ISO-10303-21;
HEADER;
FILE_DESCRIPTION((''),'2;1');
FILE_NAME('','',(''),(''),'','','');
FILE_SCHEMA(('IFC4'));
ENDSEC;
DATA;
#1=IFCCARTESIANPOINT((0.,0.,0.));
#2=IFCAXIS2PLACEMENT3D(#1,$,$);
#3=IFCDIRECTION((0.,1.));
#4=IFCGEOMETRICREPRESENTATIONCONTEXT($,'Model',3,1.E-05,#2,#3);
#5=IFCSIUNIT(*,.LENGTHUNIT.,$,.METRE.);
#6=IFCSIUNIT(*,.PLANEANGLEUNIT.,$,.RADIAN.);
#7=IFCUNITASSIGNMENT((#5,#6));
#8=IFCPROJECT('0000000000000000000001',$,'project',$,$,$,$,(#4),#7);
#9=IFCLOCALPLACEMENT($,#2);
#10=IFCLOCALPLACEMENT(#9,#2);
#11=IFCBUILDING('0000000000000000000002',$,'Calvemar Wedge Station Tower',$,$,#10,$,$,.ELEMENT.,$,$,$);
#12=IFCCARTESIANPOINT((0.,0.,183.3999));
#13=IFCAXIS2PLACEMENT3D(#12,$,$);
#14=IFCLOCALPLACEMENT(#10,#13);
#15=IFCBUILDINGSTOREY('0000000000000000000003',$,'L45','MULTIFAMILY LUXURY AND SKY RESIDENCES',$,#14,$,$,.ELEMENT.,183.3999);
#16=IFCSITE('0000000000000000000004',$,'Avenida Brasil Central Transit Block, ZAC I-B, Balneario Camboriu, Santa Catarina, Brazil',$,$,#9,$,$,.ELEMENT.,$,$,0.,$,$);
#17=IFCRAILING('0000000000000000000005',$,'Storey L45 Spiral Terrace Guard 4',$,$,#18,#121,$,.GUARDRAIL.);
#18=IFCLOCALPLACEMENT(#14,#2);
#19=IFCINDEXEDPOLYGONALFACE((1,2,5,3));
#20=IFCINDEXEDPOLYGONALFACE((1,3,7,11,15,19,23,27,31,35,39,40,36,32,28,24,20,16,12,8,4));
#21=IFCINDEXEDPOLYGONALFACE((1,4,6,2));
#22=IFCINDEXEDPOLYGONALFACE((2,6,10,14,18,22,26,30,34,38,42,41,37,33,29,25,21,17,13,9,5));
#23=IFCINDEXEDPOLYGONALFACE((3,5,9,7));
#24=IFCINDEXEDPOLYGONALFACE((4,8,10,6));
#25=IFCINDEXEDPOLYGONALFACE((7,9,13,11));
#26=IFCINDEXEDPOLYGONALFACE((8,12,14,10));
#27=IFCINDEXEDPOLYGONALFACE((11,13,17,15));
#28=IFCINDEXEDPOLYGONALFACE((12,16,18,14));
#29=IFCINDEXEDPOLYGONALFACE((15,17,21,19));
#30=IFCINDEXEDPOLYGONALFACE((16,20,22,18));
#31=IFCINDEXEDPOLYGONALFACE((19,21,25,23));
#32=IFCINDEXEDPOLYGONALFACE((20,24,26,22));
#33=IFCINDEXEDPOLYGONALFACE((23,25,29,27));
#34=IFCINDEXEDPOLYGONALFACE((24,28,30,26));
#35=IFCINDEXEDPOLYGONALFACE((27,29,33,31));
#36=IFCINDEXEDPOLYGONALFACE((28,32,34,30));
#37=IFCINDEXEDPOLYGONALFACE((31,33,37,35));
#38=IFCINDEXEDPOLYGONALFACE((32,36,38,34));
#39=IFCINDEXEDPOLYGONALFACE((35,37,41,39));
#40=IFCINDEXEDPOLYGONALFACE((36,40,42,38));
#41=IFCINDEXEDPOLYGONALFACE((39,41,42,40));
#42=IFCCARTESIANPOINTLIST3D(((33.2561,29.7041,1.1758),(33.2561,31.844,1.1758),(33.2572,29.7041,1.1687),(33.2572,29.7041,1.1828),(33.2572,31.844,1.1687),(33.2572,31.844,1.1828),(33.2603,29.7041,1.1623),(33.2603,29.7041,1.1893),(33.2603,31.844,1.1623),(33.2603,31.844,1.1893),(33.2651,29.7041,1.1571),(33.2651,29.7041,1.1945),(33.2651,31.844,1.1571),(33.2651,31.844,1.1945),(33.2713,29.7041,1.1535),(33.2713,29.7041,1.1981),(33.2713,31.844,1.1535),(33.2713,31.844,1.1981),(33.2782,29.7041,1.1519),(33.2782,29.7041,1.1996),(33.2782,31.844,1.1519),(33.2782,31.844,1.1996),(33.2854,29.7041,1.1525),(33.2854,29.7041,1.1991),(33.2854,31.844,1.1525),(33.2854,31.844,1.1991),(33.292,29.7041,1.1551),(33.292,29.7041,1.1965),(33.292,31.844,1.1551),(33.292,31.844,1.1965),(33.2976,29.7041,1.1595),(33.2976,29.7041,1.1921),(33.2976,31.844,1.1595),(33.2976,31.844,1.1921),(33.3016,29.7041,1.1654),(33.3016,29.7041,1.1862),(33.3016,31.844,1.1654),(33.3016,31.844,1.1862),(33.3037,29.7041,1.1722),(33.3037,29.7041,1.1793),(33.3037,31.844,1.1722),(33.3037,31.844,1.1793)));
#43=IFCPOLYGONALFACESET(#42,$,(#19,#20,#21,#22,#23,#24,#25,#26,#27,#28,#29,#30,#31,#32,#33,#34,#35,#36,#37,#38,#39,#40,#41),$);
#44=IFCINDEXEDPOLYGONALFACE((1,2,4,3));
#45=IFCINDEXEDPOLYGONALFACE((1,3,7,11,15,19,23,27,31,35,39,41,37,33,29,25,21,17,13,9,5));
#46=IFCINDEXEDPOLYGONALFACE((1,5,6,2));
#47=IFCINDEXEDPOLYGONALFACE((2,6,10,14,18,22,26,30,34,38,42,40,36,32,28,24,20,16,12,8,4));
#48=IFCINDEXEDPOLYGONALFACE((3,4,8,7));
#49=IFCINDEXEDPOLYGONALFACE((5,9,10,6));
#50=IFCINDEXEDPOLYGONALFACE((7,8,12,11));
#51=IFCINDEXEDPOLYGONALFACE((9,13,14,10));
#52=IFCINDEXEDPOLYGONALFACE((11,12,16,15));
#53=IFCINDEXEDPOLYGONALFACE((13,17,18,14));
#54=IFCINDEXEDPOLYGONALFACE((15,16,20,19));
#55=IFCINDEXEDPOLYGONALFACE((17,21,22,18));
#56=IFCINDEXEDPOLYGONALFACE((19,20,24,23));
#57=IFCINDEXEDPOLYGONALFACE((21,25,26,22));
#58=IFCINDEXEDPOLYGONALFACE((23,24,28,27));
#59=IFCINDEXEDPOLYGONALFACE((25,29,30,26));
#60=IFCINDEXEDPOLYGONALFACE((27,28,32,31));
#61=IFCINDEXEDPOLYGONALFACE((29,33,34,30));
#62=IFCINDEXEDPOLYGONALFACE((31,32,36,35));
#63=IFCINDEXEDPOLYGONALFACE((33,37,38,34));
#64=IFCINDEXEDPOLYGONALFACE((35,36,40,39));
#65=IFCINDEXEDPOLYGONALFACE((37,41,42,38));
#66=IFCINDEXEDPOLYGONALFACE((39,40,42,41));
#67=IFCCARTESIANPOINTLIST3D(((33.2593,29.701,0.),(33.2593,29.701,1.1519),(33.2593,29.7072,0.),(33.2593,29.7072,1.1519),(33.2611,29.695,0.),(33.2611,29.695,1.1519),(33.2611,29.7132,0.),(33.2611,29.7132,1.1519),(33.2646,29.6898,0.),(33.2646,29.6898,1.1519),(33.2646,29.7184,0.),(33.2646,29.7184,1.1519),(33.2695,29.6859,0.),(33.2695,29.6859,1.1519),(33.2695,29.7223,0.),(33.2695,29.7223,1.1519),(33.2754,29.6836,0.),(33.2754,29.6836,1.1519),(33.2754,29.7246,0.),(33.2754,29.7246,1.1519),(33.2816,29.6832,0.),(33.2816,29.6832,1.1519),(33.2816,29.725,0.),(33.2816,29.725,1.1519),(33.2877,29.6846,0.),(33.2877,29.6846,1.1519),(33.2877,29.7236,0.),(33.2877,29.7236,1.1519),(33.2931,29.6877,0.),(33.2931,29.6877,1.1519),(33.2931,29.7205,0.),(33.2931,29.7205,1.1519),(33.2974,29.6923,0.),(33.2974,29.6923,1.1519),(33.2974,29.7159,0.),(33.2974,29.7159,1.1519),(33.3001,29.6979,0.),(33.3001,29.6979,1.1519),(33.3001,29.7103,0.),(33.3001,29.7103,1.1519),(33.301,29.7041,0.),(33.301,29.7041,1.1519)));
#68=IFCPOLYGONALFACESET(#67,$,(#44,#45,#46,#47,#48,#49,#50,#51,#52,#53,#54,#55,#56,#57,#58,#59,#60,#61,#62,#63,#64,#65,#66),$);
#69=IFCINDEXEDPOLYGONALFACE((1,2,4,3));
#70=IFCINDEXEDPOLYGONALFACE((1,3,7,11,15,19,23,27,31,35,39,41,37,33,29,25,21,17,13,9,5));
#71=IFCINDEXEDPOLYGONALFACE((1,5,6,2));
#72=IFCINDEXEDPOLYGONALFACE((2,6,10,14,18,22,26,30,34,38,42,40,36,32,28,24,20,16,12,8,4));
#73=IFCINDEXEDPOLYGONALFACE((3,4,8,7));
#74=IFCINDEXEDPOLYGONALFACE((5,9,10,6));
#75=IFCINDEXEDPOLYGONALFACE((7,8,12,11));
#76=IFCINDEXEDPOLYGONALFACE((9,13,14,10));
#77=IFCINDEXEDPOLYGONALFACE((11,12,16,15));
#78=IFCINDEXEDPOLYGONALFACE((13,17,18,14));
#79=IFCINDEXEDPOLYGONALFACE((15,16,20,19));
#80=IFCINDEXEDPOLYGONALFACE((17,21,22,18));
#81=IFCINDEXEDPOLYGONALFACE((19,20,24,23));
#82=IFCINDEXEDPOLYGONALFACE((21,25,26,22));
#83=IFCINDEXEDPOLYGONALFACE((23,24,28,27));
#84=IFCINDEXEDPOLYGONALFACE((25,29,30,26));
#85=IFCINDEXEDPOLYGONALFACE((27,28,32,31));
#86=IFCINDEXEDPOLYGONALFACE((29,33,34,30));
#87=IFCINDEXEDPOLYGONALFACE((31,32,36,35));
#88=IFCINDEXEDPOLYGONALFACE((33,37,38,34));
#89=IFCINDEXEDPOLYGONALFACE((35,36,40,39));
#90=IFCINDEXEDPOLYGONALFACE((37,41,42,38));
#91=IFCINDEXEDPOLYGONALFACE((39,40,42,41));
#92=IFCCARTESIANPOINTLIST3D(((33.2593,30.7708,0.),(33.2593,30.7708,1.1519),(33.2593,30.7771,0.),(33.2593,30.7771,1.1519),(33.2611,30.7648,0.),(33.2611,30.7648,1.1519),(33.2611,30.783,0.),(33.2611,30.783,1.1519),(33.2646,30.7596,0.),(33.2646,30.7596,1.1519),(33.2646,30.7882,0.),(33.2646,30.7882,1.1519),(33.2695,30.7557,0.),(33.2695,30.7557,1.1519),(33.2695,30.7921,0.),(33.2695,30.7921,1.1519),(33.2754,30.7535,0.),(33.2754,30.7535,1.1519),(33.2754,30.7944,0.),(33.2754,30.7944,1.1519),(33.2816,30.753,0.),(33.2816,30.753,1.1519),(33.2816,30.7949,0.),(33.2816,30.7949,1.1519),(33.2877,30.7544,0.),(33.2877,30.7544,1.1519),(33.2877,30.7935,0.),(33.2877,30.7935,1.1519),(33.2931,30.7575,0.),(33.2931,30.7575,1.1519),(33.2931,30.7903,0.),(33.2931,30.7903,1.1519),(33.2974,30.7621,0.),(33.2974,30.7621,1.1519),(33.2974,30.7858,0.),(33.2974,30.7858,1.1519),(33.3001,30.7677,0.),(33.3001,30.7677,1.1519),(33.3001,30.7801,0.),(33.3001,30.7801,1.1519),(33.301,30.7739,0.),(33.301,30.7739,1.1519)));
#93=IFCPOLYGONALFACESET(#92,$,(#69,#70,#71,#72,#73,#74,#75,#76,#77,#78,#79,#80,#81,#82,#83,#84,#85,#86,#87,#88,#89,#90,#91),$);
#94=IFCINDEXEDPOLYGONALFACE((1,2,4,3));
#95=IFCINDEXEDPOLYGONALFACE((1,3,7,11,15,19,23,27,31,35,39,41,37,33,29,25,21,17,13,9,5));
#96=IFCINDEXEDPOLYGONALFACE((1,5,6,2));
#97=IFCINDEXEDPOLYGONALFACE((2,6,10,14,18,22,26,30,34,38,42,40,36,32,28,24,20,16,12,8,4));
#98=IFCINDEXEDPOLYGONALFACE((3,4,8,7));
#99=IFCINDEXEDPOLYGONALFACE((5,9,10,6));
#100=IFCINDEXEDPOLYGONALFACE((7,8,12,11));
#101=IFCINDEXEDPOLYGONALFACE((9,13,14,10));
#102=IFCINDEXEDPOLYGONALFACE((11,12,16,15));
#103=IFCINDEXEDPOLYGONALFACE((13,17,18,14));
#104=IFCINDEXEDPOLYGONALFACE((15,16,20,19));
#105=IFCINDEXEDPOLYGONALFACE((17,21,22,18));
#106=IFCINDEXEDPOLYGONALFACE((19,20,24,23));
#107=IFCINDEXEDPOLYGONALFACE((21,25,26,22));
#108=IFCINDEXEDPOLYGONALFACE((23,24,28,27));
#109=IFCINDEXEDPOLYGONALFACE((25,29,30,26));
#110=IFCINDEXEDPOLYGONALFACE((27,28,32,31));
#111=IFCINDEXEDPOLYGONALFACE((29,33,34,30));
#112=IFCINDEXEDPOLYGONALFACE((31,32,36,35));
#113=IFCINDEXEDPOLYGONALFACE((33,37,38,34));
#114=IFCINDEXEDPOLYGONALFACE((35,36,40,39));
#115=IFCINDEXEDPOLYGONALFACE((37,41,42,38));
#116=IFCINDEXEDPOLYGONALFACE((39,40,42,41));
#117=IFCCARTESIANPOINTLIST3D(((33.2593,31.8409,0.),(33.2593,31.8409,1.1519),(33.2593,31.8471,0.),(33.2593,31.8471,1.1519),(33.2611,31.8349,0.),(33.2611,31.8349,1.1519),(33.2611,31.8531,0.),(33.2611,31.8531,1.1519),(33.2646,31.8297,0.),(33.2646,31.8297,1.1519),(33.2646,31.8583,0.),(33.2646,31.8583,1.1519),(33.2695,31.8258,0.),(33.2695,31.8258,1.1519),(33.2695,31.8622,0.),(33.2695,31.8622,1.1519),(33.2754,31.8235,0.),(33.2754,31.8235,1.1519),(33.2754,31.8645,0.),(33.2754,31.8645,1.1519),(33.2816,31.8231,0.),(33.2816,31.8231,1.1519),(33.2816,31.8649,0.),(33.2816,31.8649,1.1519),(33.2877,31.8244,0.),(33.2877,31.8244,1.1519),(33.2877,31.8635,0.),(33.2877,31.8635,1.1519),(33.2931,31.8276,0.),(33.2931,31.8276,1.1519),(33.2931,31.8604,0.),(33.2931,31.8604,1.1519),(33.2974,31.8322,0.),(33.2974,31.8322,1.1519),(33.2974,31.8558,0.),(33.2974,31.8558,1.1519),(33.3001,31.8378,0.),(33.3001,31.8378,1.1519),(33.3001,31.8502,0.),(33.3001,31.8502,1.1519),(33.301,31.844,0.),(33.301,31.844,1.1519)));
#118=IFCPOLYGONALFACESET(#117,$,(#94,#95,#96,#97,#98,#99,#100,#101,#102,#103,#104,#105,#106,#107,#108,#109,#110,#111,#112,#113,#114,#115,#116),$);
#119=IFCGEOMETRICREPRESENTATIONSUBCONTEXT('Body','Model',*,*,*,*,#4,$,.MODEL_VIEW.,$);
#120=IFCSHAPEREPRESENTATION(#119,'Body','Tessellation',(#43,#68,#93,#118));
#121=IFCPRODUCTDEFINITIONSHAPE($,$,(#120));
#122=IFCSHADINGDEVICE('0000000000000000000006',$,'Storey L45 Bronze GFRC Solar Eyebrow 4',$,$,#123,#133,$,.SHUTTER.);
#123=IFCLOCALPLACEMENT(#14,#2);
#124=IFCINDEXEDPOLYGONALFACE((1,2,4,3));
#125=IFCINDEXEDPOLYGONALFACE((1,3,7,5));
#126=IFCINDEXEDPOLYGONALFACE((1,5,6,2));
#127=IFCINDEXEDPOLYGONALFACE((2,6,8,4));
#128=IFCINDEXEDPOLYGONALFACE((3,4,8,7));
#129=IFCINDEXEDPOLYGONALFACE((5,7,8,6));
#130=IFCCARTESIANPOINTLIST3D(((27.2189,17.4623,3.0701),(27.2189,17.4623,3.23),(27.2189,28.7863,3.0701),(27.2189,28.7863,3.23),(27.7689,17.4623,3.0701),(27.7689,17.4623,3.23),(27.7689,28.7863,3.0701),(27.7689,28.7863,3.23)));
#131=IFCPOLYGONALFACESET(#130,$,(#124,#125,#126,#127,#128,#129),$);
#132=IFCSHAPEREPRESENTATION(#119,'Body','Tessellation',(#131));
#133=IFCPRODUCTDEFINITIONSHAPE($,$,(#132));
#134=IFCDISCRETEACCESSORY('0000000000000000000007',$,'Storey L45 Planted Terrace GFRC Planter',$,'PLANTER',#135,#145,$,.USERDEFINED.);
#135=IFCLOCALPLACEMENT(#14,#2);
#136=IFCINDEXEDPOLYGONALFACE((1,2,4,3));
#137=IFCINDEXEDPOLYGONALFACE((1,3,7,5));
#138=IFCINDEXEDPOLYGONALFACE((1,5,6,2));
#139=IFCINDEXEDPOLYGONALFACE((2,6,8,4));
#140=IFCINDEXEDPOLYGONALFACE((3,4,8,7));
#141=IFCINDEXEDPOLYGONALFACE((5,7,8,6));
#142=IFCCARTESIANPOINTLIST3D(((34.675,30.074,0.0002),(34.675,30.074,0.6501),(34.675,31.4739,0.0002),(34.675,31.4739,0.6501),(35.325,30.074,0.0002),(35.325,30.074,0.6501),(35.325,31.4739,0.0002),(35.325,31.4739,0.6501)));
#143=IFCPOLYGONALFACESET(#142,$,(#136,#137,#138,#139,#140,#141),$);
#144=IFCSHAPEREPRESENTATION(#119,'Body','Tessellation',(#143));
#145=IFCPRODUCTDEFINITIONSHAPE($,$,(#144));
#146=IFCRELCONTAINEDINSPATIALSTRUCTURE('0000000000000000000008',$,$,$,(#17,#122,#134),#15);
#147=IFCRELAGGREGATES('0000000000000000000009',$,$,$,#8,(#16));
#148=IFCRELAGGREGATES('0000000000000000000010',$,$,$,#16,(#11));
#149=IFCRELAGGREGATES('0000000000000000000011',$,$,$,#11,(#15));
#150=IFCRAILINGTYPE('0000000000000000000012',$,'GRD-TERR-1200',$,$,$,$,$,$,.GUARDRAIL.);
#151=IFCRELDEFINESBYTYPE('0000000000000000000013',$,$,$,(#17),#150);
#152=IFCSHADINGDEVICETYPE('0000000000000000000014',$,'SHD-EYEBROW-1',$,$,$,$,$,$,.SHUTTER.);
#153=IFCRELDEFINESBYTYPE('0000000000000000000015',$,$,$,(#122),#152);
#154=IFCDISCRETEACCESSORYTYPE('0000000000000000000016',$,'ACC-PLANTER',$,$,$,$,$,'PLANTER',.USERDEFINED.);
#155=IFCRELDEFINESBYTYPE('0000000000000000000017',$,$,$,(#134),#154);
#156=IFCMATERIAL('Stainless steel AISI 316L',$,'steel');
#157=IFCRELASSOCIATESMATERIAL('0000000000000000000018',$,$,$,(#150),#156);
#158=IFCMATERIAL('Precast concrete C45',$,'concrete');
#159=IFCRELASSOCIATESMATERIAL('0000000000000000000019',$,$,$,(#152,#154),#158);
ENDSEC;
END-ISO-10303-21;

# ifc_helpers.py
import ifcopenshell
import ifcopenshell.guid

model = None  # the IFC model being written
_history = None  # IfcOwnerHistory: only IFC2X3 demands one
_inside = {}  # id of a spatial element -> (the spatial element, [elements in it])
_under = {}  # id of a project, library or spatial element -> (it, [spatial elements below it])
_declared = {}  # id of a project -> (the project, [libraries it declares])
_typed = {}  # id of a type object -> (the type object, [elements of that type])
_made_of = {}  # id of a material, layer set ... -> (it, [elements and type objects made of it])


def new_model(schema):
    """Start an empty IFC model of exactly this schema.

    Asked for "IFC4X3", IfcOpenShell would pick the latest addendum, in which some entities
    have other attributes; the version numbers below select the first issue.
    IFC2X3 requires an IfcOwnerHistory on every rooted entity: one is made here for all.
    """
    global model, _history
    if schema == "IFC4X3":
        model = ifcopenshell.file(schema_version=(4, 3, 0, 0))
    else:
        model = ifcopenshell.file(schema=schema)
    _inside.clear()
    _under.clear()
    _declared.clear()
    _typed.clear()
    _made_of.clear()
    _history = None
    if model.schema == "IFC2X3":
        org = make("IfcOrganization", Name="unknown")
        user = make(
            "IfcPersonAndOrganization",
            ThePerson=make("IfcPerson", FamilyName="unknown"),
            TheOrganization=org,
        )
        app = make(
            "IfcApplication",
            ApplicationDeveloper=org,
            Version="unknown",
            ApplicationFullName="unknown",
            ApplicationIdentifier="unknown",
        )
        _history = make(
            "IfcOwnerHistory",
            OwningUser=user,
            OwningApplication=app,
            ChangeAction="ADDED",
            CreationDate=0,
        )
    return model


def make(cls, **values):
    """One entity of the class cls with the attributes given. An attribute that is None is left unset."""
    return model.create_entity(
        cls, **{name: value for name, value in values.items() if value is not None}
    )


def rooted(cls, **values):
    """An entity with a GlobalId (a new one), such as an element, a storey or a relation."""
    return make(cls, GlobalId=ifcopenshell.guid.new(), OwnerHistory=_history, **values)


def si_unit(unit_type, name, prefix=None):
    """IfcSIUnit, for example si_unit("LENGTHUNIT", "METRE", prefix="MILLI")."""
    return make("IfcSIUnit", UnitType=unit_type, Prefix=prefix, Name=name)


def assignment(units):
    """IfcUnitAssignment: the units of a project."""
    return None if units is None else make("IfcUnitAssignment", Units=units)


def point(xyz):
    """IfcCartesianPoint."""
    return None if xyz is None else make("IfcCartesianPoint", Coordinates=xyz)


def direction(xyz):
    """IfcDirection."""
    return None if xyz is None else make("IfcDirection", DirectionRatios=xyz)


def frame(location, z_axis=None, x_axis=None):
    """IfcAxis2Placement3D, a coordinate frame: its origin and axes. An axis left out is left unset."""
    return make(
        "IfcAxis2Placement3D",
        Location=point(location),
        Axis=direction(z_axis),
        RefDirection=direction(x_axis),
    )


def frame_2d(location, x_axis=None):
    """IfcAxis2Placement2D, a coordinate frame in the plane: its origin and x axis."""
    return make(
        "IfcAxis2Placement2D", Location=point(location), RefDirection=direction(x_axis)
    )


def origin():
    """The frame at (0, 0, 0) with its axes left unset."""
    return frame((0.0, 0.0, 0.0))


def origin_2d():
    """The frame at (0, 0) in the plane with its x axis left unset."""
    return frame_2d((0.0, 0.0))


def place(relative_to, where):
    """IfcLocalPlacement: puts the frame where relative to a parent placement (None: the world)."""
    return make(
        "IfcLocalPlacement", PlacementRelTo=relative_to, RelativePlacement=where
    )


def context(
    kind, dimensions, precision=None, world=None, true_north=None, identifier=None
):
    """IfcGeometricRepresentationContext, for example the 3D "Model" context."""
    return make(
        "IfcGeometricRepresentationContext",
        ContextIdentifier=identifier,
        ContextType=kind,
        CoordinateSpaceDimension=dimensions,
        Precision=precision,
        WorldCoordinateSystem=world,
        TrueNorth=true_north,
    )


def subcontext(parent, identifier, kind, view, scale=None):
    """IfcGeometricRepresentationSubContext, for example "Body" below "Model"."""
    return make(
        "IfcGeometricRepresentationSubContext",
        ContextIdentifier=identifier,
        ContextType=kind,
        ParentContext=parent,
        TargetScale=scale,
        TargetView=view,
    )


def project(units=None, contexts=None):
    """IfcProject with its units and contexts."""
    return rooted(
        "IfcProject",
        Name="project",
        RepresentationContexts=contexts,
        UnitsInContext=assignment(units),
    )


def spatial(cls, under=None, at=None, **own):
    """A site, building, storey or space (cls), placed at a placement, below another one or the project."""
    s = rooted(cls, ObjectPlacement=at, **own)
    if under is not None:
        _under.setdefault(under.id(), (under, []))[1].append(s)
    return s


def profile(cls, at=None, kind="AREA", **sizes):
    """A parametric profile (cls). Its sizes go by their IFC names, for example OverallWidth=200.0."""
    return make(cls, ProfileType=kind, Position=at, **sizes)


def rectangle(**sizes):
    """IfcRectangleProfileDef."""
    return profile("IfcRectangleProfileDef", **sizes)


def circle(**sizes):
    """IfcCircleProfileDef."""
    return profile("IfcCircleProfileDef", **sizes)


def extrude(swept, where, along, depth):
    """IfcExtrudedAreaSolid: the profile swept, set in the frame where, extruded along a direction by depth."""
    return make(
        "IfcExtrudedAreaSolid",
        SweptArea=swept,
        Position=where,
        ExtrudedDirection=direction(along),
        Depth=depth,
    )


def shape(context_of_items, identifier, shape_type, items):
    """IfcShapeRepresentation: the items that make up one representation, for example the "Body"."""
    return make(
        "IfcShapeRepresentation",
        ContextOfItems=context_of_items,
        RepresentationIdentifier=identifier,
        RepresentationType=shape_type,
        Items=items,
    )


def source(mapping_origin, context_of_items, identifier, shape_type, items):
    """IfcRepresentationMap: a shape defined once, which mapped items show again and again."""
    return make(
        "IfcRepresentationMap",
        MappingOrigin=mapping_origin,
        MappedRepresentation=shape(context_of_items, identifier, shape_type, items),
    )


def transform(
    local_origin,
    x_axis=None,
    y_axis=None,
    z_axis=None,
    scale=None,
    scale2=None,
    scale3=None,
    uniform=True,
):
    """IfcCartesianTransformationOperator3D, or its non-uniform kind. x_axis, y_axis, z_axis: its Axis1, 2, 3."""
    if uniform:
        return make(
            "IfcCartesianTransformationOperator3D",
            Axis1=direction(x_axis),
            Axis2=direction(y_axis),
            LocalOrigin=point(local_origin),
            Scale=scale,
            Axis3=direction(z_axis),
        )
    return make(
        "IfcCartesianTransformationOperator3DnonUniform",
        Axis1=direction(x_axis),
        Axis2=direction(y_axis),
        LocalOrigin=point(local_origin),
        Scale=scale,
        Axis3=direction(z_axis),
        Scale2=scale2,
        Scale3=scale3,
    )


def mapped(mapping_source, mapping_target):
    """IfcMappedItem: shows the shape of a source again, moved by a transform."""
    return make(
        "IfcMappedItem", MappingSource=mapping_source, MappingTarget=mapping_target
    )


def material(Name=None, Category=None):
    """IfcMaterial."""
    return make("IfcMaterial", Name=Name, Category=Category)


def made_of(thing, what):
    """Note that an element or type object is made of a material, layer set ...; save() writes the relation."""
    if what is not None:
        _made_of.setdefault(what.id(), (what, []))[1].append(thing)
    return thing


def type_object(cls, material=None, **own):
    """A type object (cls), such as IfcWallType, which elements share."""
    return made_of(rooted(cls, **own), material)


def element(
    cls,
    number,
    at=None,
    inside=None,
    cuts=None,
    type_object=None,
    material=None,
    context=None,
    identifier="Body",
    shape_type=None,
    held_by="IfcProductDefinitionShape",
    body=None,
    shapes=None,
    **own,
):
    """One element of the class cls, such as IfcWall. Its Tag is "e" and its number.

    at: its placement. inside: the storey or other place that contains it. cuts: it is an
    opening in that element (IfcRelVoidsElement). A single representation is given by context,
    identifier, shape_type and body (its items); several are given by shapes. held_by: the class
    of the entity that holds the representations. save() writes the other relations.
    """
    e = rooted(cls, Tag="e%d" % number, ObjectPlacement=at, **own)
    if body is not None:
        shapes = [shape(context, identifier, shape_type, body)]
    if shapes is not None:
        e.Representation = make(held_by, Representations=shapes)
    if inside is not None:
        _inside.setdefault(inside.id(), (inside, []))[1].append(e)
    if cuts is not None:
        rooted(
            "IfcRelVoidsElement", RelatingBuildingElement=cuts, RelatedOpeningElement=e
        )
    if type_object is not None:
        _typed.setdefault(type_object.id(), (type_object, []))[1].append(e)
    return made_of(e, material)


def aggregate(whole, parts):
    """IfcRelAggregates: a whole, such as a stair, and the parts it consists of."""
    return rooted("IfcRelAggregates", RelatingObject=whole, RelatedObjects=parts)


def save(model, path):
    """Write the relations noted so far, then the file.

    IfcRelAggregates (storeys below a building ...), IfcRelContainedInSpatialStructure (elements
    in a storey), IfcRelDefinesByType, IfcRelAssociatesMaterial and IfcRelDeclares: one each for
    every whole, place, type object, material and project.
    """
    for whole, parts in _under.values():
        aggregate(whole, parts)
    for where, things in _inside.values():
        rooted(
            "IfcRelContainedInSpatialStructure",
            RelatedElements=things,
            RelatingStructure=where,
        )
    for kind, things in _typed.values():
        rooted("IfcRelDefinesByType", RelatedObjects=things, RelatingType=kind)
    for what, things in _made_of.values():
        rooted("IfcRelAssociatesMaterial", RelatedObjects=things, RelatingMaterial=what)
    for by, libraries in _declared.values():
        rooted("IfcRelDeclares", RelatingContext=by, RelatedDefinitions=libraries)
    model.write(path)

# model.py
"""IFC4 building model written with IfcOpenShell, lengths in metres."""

from ifc_helpers import new_model, si_unit, direction, frame, frame_2d, origin, origin_2d, place, context, subcontext, project, spatial, rectangle, circle, extrude, source, transform, mapped, material, type_object, element, save


model = new_model("IFC4")

# Units and contexts
model_context = context("Model", 3, precision=1e-05, world=origin(), true_north=direction((0.0, 1.0)))
body_context = subcontext(model_context, "Body", "Model", "MODEL_VIEW")
ifc_project = project(units=[si_unit("LENGTHUNIT", "METRE"), si_unit("PLANEANGLEUNIT", "RADIAN")], contexts=[model_context])

# Site, building, storey
site_placement = place(None, origin())
site = spatial("IfcSite", under=ifc_project, at=site_placement, Name="Avenida Brasil Central Transit Block, ZAC I-B, Balneario Camboriu, Santa Catarina, Brazil", CompositionType="ELEMENT", RefElevation=0.0)
building_placement = place(site_placement, origin())
building = spatial("IfcBuilding", under=site, at=building_placement, Name="Calvemar Wedge Station Tower", CompositionType="ELEMENT")
storey_placement = place(building_placement, frame((0.0, 0.0, 183.3999)))
storey = spatial("IfcBuildingStorey", under=building, at=storey_placement, Name="L45", Description="MULTIFAMILY LUXURY AND SKY RESIDENCES", CompositionType="ELEMENT", Elevation=183.3999)

# Shared definitions
ifc_material_1 = material(Name="Precast concrete C45", Category="concrete")

# Railing
ifc_material_2 = material(Name="Stainless steel AISI 316L", Category="steel")
railing_type = type_object("IfcRailingType", Name="GRD-TERR-1200", PredefinedType="GUARDRAIL", material=ifc_material_2)
railing_placement = place(storey_placement, frame((33.28, 29.7041, 0.0)))
element("IfcRailing", 1, at=railing_placement, inside=storey, type_object=railing_type, Name="Storey L45 Spiral Terrace Guard 4", PredefinedType="GUARDRAIL", context=body_context, shape_type="SweptSolid", body=[
    extrude(circle(Radius=0.0239, at=origin_2d()), frame((0.0, 0.0, 1.1758), z_axis=(0.0, 1.0, 0.0), x_axis=(-1.0, 0.0, 0.0)), (0.0, 0.0, 1.0), 2.1399),
    extrude(circle(Radius=0.021, at=origin_2d()), origin(), (0.0, 0.0, 1.0), 1.1519),
    extrude(circle(Radius=0.021, at=origin_2d()), frame((0.0, 1.0698, 0.0)), (0.0, 0.0, 1.0), 1.1519),
    extrude(circle(Radius=0.021, at=origin_2d()), frame((0.0, 2.1399, 0.0)), (0.0, 0.0, 1.0), 1.1519),
])

# Shading device
shading_device_type = type_object("IfcShadingDeviceType", Name="SHD-EYEBROW-1", PredefinedType="SHUTTER", material=ifc_material_1)
shading_device_placement = place(storey_placement, frame((27.4939, 17.4622, 3.0701), z_axis=(0.0, 0.0, 1.0), x_axis=(0.0, 1.0, 0.0)))
element("IfcShadingDevice", 2, at=shading_device_placement, inside=storey, type_object=shading_device_type, Name="Storey L45 Bronze GFRC Solar Eyebrow 4", PredefinedType="SHUTTER", context=body_context, shape_type="SweptSolid", body=[
    extrude(rectangle(XDim=11.324, YDim=0.55, at=frame_2d((5.6621, 0.0))), origin(), (0.0, 0.0, 1.0), 0.1599),
])

# Discrete accessory
discrete_accessory_type = type_object("IfcDiscreteAccessoryType", Name="ACC-PLANTER", ElementType="PLANTER", PredefinedType="USERDEFINED", material=ifc_material_1)
shared_shape_1 = source(origin(), body_context, "Body", "SweptSolid", [
    extrude(rectangle(XDim=0.6499, YDim=1.3999, at=origin_2d()), origin(), (0.0, 0.0, 1.0), 0.6499),
])
discrete_accessory_placement = place(storey_placement, frame((35.0, 30.7739, 0.0002), z_axis=(0.0, 0.0, 1.0), x_axis=(1.0, 0.0, 0.0)))
element("IfcDiscreteAccessory", 3, at=discrete_accessory_placement, inside=storey, type_object=discrete_accessory_type, Name="Storey L45 Planted Terrace GFRC Planter", ObjectType="PLANTER", PredefinedType="USERDEFINED", context=body_context, shape_type="MappedRepresentation", body=[
    mapped(shared_shape_1, transform((0.0, 0.0, 0.0), scale=1.0)),
])

save(model, "model.ifc")
